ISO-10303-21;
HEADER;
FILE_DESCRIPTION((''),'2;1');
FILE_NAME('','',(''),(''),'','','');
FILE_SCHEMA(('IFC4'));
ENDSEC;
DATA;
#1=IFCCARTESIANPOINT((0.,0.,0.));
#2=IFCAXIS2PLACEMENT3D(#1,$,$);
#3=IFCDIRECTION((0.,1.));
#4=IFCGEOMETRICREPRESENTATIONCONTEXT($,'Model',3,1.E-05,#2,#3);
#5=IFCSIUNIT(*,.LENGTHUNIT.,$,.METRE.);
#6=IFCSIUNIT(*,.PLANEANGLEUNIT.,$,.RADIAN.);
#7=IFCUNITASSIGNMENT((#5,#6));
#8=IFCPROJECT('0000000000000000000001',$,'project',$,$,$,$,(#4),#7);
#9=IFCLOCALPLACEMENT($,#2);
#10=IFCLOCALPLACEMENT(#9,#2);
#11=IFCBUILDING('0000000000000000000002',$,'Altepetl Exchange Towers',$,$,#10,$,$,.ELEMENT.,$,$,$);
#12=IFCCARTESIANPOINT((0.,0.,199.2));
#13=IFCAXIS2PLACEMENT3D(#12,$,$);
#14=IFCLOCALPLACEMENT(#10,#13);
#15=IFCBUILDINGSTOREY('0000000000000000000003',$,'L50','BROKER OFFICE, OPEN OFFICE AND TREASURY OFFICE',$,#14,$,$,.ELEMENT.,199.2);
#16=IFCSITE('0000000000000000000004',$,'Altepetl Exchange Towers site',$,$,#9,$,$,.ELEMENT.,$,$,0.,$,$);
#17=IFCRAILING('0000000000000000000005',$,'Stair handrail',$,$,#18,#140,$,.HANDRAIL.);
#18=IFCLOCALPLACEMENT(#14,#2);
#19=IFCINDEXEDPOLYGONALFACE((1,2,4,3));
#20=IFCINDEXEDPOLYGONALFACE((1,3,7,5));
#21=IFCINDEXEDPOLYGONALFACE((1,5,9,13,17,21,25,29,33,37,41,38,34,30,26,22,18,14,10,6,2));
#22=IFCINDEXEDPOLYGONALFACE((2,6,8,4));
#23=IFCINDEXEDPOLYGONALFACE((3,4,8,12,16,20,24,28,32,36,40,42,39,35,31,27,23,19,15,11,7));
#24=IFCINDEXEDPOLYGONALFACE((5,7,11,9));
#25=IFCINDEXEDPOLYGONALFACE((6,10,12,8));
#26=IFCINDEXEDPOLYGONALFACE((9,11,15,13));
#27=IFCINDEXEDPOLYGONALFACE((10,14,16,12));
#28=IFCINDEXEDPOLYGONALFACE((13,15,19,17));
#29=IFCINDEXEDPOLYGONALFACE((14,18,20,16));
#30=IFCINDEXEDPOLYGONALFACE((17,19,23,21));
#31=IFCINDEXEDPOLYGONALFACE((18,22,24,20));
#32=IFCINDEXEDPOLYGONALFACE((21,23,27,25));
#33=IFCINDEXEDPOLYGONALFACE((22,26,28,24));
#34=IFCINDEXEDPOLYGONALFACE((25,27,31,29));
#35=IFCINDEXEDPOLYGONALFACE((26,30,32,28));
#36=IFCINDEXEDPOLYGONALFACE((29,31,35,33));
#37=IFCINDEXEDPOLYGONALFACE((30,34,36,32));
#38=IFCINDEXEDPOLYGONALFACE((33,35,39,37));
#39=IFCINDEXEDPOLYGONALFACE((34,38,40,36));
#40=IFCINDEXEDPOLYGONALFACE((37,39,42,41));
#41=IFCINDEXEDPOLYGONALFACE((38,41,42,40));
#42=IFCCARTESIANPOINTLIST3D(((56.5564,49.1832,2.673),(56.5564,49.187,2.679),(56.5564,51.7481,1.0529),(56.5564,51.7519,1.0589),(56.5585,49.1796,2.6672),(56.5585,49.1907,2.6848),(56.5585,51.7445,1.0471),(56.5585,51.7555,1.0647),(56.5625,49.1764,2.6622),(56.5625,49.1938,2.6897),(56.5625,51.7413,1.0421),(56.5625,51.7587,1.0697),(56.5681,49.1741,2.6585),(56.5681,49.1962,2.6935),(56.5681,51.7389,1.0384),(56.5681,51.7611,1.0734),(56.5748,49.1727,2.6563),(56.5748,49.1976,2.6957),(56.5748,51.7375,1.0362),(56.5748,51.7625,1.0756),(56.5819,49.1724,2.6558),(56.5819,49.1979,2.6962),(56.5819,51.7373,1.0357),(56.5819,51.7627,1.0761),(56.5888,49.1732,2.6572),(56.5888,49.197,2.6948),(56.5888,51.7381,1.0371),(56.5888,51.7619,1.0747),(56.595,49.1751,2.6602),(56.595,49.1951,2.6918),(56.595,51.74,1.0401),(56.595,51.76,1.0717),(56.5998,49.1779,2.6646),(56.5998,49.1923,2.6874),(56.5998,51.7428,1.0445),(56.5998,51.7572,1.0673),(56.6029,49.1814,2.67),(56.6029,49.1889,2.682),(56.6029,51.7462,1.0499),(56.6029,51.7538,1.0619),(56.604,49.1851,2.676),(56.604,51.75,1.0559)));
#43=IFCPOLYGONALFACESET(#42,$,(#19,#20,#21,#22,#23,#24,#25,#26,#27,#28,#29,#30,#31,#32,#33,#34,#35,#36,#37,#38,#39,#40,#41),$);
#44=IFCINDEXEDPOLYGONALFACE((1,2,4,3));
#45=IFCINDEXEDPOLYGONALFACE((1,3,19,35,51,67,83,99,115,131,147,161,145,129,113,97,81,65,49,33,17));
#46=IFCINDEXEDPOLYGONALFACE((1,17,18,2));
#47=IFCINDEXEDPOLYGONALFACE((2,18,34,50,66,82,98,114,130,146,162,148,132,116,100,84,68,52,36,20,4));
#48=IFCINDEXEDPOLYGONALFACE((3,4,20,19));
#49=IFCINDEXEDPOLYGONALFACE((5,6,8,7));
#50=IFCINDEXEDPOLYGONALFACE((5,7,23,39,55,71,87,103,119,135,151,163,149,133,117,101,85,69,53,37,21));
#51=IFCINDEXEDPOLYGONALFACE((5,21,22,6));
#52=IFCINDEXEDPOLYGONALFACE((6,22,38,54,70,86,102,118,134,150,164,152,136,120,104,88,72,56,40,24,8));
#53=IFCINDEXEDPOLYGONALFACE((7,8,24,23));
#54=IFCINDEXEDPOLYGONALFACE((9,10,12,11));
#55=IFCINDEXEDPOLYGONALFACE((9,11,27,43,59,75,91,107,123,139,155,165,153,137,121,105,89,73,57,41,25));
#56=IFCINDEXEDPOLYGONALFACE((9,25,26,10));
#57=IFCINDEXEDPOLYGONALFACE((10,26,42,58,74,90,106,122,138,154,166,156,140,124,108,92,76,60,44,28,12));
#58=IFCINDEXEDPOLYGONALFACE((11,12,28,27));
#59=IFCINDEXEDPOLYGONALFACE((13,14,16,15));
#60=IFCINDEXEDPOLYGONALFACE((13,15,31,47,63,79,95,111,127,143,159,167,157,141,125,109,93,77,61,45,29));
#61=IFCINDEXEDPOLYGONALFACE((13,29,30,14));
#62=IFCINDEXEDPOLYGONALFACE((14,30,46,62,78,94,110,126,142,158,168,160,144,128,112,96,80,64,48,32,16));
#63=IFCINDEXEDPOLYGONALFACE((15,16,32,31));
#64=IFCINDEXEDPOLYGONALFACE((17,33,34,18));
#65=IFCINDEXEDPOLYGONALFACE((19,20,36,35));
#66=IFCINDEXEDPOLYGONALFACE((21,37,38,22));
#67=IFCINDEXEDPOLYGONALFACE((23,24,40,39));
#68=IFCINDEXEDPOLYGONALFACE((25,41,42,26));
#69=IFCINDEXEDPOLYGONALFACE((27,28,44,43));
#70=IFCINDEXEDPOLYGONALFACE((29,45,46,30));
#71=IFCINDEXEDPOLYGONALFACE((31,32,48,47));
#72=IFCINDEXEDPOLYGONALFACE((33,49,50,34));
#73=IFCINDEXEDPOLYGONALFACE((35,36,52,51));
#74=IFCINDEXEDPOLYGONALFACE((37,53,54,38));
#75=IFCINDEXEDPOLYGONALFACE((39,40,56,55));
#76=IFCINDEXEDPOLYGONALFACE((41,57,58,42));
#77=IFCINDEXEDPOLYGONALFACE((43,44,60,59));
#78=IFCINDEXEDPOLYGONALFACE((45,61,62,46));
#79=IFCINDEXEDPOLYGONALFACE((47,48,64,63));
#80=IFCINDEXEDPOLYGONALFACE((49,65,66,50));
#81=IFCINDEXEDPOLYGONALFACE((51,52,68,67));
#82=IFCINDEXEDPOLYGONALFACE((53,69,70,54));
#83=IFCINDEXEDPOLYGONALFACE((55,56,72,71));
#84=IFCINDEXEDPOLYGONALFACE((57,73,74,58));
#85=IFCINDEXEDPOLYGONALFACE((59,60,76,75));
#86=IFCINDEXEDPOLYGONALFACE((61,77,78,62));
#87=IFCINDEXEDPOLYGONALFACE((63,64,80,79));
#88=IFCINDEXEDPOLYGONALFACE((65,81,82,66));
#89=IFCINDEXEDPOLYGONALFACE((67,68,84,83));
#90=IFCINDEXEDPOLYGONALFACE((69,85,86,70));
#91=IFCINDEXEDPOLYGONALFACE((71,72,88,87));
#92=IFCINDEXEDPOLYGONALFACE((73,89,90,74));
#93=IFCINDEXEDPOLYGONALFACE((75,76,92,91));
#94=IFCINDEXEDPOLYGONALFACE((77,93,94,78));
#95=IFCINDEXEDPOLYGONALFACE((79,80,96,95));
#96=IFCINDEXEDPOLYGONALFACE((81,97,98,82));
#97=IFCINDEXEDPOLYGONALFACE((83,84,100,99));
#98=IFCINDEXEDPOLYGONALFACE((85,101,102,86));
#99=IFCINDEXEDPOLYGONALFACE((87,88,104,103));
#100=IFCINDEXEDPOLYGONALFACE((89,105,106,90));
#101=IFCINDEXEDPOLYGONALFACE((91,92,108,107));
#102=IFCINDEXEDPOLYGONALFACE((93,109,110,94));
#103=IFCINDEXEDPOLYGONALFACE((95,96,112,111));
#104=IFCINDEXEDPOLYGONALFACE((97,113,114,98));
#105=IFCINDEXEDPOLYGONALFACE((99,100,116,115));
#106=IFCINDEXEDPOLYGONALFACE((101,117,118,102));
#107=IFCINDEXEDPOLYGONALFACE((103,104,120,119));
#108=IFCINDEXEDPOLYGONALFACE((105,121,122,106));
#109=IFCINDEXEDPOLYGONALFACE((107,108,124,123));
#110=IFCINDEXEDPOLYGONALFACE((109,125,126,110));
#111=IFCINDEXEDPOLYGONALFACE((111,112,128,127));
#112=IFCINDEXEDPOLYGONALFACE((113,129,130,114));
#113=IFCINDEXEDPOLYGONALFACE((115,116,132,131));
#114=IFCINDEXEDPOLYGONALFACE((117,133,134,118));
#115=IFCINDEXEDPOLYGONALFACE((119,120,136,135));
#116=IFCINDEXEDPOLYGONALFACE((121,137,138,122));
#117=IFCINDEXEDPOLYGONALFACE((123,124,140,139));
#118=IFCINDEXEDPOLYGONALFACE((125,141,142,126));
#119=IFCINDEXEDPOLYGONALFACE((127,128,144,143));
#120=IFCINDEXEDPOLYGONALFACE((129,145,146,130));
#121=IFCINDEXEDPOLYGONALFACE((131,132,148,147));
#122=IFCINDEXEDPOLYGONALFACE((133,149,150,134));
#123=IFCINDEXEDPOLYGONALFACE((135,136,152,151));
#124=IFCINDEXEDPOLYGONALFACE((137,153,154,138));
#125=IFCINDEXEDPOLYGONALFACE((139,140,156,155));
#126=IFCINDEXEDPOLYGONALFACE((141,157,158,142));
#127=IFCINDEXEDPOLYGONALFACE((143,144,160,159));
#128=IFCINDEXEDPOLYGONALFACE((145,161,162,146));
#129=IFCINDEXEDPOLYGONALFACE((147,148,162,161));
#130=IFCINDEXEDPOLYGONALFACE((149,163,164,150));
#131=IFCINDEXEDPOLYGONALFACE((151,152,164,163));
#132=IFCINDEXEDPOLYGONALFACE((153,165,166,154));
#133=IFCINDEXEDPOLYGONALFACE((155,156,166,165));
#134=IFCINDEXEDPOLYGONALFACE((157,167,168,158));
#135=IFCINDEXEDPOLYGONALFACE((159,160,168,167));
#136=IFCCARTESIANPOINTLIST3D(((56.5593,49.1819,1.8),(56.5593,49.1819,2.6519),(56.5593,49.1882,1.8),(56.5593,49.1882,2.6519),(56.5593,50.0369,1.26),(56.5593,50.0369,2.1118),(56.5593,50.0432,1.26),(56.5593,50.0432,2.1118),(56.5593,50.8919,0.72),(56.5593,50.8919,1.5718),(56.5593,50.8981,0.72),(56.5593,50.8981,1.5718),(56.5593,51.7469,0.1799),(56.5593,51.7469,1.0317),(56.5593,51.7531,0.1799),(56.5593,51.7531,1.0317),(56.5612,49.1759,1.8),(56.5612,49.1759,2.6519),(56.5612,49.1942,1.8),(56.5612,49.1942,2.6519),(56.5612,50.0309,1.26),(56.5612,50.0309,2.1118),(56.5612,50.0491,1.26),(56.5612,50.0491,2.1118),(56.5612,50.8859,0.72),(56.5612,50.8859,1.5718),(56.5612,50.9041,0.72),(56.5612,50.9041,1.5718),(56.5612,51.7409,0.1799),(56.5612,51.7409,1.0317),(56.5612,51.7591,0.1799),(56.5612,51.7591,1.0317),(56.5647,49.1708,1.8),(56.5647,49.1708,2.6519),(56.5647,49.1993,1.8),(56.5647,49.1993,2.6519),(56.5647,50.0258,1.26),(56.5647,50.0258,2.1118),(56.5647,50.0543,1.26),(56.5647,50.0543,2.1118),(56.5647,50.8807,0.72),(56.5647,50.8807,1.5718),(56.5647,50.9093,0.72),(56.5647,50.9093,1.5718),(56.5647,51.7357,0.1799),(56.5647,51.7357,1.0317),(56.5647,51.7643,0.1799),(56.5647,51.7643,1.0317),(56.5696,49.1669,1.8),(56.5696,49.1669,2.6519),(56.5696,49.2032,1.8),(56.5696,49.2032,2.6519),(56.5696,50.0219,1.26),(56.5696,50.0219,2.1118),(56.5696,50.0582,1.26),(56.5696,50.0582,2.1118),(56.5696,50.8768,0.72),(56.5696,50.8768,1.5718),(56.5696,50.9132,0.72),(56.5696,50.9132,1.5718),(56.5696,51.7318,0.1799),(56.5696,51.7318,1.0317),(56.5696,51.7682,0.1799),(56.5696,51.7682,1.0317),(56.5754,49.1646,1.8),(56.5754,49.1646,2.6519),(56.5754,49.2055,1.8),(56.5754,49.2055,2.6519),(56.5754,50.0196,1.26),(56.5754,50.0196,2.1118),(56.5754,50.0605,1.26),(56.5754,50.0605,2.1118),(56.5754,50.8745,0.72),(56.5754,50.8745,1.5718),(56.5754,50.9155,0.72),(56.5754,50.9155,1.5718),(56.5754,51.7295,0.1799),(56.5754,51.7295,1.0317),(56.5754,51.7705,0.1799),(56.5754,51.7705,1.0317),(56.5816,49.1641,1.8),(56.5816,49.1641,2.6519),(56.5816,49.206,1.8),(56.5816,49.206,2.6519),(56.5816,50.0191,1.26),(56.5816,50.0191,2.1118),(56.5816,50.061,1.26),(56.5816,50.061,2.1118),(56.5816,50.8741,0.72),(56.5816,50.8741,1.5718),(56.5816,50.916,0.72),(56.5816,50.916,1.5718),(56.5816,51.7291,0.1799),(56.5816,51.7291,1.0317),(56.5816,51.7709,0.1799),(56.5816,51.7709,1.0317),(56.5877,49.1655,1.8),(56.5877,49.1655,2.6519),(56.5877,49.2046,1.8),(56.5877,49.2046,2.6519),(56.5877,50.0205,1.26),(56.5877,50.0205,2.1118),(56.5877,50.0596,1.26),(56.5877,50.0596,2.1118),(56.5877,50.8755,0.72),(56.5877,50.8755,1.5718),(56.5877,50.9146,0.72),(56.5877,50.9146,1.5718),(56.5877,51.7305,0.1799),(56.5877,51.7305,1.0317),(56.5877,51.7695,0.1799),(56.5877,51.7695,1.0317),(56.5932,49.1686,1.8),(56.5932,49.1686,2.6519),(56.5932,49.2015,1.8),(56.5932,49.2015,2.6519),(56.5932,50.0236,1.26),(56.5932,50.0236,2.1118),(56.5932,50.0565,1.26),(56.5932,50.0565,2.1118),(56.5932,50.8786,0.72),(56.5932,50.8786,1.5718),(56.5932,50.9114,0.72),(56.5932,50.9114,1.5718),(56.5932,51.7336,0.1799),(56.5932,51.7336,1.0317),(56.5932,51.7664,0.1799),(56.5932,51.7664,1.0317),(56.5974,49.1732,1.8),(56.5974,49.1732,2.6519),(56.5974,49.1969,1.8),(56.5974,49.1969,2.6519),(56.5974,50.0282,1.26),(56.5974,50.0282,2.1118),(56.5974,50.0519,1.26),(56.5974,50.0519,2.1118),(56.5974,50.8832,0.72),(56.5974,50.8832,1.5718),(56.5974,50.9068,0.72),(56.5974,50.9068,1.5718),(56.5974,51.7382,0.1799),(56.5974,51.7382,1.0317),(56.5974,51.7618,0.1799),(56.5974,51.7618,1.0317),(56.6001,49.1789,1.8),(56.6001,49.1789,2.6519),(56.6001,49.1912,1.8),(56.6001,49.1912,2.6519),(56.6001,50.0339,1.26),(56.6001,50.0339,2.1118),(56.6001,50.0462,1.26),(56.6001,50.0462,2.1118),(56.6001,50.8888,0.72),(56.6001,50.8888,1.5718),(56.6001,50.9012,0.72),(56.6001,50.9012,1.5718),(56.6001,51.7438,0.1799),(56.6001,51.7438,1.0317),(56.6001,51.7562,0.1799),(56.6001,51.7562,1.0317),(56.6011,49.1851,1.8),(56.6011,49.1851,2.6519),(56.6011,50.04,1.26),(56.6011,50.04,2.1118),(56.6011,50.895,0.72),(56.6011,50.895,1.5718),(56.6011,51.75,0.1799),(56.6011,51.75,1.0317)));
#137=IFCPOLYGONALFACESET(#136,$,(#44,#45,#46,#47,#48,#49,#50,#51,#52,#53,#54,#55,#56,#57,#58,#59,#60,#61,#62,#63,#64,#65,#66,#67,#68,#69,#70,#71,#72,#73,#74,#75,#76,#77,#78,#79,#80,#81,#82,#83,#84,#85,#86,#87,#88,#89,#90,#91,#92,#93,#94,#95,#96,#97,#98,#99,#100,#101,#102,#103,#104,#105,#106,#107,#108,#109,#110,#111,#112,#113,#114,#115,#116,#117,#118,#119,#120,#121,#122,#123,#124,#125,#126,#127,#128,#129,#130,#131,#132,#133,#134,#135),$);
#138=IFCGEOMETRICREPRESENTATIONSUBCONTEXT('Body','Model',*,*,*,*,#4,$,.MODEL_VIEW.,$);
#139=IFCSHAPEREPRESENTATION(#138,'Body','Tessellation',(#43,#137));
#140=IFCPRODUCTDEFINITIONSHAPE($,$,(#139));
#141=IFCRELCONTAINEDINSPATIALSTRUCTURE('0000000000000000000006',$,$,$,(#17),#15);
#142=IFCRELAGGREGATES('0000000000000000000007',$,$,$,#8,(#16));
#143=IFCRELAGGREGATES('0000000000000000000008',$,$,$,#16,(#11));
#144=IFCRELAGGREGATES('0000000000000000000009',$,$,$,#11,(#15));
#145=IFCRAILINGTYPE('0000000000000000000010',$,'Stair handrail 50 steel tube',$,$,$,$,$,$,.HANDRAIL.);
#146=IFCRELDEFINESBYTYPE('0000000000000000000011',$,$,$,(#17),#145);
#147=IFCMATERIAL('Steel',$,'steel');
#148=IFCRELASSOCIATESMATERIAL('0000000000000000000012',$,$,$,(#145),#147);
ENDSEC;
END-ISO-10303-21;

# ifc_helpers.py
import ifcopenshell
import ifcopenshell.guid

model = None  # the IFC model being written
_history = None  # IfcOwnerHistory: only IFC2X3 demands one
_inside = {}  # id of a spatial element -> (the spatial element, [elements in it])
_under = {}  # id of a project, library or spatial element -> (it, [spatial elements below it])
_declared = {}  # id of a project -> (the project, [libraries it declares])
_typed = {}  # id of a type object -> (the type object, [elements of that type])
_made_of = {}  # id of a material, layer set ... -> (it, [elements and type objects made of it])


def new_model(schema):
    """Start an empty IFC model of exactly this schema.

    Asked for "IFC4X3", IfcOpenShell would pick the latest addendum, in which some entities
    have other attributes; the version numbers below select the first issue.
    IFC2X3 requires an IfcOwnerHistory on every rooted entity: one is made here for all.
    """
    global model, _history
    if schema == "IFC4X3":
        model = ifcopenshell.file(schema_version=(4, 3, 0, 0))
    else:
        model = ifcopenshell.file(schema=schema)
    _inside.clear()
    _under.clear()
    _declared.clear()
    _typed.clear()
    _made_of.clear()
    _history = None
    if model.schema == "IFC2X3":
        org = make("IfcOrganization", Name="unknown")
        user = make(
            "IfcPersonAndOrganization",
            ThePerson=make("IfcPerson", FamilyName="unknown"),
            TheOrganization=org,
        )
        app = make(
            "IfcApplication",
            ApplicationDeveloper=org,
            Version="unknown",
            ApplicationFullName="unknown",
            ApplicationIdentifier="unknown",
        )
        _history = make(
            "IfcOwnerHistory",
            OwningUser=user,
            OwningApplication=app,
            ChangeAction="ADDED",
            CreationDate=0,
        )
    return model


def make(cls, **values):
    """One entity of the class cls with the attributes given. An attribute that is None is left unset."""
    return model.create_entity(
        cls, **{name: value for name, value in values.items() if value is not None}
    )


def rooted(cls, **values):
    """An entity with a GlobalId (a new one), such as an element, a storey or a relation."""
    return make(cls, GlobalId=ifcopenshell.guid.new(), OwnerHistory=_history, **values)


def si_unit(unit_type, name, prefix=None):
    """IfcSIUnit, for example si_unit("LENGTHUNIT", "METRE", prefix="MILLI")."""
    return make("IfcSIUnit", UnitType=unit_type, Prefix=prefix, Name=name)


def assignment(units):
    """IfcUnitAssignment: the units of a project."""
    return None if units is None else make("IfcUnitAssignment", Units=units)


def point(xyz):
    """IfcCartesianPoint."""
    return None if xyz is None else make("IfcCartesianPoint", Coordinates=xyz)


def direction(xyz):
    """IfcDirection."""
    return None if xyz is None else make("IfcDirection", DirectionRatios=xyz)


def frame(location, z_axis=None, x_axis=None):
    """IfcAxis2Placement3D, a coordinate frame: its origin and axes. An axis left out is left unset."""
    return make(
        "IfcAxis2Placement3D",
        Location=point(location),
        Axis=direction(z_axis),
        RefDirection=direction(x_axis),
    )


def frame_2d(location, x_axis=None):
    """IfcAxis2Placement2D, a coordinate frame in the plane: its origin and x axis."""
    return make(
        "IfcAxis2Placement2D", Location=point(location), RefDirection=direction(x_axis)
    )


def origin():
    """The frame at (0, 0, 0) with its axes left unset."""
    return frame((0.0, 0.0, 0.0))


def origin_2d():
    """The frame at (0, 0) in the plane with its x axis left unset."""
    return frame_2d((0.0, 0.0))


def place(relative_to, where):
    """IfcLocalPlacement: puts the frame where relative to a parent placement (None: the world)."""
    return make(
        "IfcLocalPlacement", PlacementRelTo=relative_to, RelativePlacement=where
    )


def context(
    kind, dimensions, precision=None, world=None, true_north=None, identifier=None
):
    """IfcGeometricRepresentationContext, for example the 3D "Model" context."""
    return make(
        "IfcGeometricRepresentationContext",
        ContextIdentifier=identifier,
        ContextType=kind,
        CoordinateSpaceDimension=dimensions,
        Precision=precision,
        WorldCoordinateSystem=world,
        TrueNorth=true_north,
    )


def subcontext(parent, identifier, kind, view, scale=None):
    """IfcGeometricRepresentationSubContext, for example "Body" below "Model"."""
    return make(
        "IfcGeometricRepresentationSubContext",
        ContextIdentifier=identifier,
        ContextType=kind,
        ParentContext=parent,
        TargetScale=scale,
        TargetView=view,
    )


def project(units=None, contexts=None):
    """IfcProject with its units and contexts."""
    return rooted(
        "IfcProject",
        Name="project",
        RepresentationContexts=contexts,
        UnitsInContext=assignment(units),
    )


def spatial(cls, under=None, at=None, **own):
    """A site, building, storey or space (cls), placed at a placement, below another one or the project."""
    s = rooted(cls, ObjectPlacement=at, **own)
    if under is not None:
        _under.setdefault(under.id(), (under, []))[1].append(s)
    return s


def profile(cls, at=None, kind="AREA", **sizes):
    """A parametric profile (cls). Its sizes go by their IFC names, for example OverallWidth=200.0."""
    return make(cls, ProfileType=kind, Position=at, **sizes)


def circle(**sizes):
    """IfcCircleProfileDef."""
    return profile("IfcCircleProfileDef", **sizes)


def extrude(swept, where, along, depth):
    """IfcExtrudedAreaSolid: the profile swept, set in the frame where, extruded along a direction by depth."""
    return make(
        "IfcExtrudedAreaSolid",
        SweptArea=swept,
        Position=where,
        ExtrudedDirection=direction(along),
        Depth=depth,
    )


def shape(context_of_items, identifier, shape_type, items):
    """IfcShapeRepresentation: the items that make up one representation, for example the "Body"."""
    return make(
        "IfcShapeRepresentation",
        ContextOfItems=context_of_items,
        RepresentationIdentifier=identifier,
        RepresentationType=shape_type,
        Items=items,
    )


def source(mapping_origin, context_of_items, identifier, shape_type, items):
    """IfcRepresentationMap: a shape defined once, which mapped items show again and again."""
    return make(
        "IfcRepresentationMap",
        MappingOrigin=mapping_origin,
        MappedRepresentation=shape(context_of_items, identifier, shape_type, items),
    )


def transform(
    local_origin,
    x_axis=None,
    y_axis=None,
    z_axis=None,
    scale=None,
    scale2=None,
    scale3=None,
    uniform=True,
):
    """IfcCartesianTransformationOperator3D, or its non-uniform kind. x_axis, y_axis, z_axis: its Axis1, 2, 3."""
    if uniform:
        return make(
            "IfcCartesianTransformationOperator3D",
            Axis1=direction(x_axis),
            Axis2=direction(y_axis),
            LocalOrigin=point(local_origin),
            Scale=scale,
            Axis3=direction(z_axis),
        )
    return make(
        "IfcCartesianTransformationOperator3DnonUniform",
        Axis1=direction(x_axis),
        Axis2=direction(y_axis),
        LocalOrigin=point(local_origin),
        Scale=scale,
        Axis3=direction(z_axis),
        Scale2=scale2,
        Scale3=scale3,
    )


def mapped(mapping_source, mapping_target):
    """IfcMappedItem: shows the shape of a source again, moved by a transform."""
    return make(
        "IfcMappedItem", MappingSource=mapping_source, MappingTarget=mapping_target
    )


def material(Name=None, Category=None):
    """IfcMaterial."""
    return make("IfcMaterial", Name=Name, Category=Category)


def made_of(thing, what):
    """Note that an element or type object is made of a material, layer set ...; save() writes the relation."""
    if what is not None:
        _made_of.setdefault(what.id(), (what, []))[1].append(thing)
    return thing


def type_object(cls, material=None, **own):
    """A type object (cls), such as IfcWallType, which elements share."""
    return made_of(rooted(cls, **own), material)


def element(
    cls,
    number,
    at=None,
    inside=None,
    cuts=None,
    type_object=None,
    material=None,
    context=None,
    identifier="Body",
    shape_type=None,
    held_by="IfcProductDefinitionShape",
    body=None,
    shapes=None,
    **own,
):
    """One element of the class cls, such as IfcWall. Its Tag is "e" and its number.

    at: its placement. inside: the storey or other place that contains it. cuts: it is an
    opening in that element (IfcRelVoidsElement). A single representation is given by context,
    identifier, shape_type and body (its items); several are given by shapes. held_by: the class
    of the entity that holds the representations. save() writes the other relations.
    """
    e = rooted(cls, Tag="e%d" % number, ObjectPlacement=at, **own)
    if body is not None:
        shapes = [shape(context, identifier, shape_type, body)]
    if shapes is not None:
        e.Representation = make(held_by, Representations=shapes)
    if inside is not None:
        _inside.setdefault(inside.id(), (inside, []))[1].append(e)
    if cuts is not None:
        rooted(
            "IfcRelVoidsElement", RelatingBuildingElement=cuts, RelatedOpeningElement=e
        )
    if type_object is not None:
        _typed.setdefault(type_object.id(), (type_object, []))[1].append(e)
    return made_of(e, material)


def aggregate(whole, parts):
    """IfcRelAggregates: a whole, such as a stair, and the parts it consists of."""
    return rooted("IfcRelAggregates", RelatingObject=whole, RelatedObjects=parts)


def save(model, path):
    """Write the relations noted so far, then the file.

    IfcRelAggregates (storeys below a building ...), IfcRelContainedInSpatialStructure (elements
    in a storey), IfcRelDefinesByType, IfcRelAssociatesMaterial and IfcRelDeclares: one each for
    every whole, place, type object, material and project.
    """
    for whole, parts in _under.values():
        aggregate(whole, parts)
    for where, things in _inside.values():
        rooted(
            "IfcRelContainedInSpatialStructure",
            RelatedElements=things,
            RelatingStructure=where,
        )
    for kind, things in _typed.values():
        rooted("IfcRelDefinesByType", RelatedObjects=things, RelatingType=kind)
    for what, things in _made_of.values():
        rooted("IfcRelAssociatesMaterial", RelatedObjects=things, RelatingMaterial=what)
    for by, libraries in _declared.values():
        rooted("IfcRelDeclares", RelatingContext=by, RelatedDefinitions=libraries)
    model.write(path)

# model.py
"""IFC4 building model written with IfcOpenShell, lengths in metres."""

from ifc_helpers import new_model, si_unit, direction, frame, origin, origin_2d, place, context, subcontext, project, spatial, circle, extrude, source, transform, mapped, material, type_object, element, save


model = new_model("IFC4")

# Units and contexts
model_context = context("Model", 3, precision=1e-05, world=origin(), true_north=direction((0.0, 1.0)))
body_context = subcontext(model_context, "Body", "Model", "MODEL_VIEW")
ifc_project = project(units=[si_unit("LENGTHUNIT", "METRE"), si_unit("PLANEANGLEUNIT", "RADIAN")], contexts=[model_context])

# Site, building, storey
site_placement = place(None, origin())
site = spatial("IfcSite", under=ifc_project, at=site_placement, Name="Altepetl Exchange Towers site", CompositionType="ELEMENT", RefElevation=0.0)
building_placement = place(site_placement, origin())
building = spatial("IfcBuilding", under=site, at=building_placement, Name="Altepetl Exchange Towers", CompositionType="ELEMENT")
storey_placement = place(building_placement, frame((0.0, 0.0, 199.2)))
storey = spatial("IfcBuildingStorey", under=building, at=storey_placement, Name="L50", Description="BROKER OFFICE, OPEN OFFICE AND TREASURY OFFICE", CompositionType="ELEMENT", Elevation=199.2)

# Railing
ifc_material_1 = material(Name="Steel", Category="steel")
railing_type = type_object("IfcRailingType", Name="Stair handrail 50 steel tube", PredefinedType="HANDRAIL", material=ifc_material_1)
shared_shape = source(origin(), body_context, "Body", "SweptSolid", [
    extrude(circle(Radius=0.021, at=origin_2d()), origin(), (0.0, 0.0, 1.0), 0.8518),
])
railing_placement = place(storey_placement, frame((56.5801, 51.75, 0.1799)))
element("IfcRailing", 1, at=railing_placement, inside=storey, type_object=railing_type, Name="Stair handrail", PredefinedType="HANDRAIL", context=body_context, shape_type="SweptSolid", body=[
    extrude(circle(Radius=0.0239, at=origin_2d()), frame((0.0, 0.0, 0.876), z_axis=(0.0, -0.845466, 0.534029), x_axis=(1.0, 0.0, 0.0)), (0.0, 0.0, 1.0), 3.0337),
    mapped(shared_shape, transform((0.0, 0.0, 0.0))),
    mapped(shared_shape, transform((0.0, -0.855, 0.54))),
    mapped(shared_shape, transform((0.0, -1.71, 1.0801))),
    mapped(shared_shape, transform((0.0, -2.5649, 1.6201))),
])

save(model, "model.ifc")
